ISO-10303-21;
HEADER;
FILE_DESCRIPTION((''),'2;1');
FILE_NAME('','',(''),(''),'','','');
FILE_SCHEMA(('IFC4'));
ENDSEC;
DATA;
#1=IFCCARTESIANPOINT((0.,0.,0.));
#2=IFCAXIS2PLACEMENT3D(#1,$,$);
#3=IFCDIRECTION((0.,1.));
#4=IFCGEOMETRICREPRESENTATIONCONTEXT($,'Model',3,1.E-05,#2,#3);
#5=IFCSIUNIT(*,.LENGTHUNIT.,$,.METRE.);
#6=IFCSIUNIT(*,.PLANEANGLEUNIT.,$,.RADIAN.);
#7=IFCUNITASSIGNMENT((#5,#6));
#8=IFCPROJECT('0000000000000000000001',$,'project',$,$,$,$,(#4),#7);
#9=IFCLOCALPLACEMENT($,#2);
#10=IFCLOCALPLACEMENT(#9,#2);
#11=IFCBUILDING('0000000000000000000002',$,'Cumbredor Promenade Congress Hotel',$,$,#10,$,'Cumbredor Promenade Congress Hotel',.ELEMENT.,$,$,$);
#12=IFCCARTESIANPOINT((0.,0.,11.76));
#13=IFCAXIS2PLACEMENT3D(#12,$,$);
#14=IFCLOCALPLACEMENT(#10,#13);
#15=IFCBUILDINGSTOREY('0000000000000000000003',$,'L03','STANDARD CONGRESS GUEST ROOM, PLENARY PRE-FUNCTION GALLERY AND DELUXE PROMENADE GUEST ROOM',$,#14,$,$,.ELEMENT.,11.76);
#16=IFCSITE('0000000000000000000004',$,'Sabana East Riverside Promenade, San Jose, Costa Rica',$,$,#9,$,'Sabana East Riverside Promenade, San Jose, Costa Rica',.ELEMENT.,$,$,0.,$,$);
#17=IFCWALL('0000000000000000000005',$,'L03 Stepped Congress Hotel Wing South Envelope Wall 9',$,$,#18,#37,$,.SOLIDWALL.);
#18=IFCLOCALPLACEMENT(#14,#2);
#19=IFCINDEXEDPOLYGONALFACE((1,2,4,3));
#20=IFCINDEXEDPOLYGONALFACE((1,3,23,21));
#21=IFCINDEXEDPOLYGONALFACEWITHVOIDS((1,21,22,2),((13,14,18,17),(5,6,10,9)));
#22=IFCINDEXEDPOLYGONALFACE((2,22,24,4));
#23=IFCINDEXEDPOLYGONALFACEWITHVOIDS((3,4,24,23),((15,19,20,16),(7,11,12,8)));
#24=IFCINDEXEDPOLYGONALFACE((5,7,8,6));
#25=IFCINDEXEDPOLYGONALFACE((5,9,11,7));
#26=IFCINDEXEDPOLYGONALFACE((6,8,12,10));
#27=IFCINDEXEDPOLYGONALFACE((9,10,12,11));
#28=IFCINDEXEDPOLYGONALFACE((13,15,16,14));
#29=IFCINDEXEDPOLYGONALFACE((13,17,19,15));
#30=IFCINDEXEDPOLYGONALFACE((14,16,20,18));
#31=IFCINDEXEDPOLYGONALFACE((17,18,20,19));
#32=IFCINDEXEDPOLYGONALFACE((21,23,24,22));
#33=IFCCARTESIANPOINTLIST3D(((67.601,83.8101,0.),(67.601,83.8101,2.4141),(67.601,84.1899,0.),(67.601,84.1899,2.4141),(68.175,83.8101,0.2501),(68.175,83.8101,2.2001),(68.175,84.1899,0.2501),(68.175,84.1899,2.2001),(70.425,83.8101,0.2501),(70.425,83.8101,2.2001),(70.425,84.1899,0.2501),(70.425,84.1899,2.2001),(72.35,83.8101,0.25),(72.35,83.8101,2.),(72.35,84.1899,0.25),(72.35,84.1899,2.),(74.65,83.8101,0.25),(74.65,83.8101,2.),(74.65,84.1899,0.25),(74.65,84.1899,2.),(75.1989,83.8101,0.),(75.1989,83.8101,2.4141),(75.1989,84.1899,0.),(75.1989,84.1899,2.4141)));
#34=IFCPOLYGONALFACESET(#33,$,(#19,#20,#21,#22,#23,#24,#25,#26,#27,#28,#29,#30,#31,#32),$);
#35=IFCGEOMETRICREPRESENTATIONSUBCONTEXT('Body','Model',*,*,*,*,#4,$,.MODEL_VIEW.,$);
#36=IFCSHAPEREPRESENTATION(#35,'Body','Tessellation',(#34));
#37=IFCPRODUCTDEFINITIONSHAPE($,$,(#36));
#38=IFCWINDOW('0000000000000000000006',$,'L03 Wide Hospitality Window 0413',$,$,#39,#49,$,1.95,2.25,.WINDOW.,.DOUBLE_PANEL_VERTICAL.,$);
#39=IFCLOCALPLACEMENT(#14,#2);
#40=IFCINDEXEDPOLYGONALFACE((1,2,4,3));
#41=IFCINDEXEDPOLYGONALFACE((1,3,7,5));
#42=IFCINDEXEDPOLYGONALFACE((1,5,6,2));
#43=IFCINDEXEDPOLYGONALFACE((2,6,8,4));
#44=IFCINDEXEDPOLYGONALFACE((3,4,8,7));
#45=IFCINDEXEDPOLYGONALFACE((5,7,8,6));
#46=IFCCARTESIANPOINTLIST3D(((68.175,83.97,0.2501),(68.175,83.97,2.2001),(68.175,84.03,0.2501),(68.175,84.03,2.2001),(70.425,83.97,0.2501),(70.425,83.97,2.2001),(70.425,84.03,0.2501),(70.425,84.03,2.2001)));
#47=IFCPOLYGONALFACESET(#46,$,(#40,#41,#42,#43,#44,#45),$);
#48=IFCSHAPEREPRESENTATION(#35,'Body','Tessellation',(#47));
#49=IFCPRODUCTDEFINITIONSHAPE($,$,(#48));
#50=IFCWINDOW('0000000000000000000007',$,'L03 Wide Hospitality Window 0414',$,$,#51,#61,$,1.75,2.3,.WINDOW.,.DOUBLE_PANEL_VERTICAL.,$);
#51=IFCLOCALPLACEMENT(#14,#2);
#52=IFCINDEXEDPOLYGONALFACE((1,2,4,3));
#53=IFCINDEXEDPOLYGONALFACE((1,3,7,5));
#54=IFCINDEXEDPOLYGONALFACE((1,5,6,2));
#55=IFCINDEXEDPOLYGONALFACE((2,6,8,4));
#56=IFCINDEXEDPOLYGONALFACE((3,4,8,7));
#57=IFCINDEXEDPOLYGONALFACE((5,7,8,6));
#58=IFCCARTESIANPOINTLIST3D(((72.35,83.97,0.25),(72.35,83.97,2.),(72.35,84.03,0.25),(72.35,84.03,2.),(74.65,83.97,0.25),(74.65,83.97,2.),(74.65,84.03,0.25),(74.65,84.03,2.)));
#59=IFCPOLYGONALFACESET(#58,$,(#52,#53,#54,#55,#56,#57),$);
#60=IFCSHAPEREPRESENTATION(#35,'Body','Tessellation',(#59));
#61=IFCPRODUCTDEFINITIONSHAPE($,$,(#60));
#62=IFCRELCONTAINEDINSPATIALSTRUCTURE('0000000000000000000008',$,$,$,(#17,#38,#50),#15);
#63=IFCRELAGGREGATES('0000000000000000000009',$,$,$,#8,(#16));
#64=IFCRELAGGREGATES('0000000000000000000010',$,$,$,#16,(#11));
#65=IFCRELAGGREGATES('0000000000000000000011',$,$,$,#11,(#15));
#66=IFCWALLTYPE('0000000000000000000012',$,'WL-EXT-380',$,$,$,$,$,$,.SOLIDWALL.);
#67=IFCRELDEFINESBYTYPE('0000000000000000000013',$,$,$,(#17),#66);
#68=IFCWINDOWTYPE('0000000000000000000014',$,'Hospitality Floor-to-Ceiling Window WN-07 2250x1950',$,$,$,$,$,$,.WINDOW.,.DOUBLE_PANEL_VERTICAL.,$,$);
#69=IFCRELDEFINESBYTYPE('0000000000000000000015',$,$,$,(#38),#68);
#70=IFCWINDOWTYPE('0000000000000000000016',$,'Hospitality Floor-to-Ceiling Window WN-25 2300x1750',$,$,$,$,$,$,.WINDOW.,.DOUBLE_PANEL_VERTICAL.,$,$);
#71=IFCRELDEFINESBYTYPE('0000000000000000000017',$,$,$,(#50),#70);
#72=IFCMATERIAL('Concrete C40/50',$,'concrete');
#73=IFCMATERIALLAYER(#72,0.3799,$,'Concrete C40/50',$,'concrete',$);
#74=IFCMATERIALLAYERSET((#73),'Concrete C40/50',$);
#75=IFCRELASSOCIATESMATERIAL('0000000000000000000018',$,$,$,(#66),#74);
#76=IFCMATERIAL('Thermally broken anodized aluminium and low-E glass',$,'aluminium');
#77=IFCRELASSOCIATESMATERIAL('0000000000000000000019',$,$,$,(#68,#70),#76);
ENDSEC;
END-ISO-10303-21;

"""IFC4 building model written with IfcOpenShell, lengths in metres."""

from ifc_helpers import new_model, si_unit, direction, frame, frame_2d, origin, place, context, subcontext, project, spatial, rectangle, extrude, material, layer, layer_set, type_object, element, fill, save


model = new_model("IFC4")

# Units and contexts
model_context = context("Model", 3, precision=1e-05, world=origin(), true_north=direction((0.0, 1.0)))
body_context = subcontext(model_context, "Body", "Model", "MODEL_VIEW")
ifc_project = project(units=[si_unit("LENGTHUNIT", "METRE"), si_unit("PLANEANGLEUNIT", "RADIAN")], contexts=[model_context])

# Site, building, storey
site_placement = place(None, origin())
site = spatial("IfcSite", under=ifc_project, at=site_placement, Name="Sabana East Riverside Promenade, San Jose, Costa Rica", LongName="Sabana East Riverside Promenade, San Jose, Costa Rica", CompositionType="ELEMENT", RefElevation=0.0)
building_placement = place(site_placement, origin())
building = spatial("IfcBuilding", under=site, at=building_placement, Name="Cumbredor Promenade Congress Hotel", LongName="Cumbredor Promenade Congress Hotel", CompositionType="ELEMENT")
storey_placement = place(building_placement, frame((0.0, 0.0, 11.76)))
storey = spatial("IfcBuildingStorey", under=building, at=storey_placement, Name="L03", Description="STANDARD CONGRESS GUEST ROOM, PLENARY PRE-FUNCTION GALLERY AND DELUXE PROMENADE GUEST ROOM", CompositionType="ELEMENT", Elevation=11.76)

# Shared definitions
ifc_material_1 = material(Name="Thermally broken anodized aluminium and low-E glass", Category="aluminium")

# Shared definitions
ifc_material_2 = material(Name="Concrete C40/50", Category="concrete")

# Wall, openings, windows
ifc_layer_1 = layer(ifc_material_2, 0.3799, Name="Concrete C40/50", Category="concrete")
ifc_layer_set_1 = layer_set([ifc_layer_1], Name="Concrete C40/50")
wall_type_1 = type_object("IfcWallType", Name="WL-EXT-380", PredefinedType="SOLIDWALL", material=ifc_layer_set_1)
wall_1_placement = place(storey_placement, frame((67.6011, 84.0, 0.0), z_axis=(0.0, 0.0, 1.0), x_axis=(1.0, 0.0, 0.0)))
wall_1 = element("IfcWall", 1, at=wall_1_placement, inside=storey, type_object=wall_type_1, Name="L03 Stepped Congress Hotel Wing South Envelope Wall 9", PredefinedType="SOLIDWALL", context=body_context, shape_type="SweptSolid", body=[
    extrude(rectangle(XDim=7.5979, YDim=0.3799, at=frame_2d((3.7988, 0.0))), origin(), (0.0, 0.0, 1.0), 2.4141),
])
opening_1_placement = place(wall_1_placement, frame((0.574, 0.0, 0.25)))
opening_1 = element("IfcOpeningElement", 2, at=opening_1_placement, cuts=wall_1, PredefinedType="OPENING", context=body_context, shape_type="SweptSolid", body=[
    extrude(rectangle(XDim=2.25, YDim=1.95, at=frame_2d((1.125, 0.9751))), frame((0.0, 0.2, 0.0), z_axis=(0.0, -1.0, 0.0), x_axis=(1.0, 0.0, 0.0)), (0.0, 0.0, 1.0), 0.3999),
])
opening_2_placement = place(wall_1_placement, frame((4.749, 0.0, 0.25)))
opening_2 = element("IfcOpeningElement", 3, at=opening_2_placement, cuts=wall_1, PredefinedType="OPENING", context=body_context, shape_type="SweptSolid", body=[
    extrude(rectangle(XDim=2.3, YDim=1.75, at=frame_2d((1.1499, 0.875))), frame((0.0, 0.2, 0.0), z_axis=(0.0, -1.0, 0.0), x_axis=(1.0, 0.0, 0.0)), (0.0, 0.0, 1.0), 0.3999),
])
window_type_1 = type_object("IfcWindowType", Name="Hospitality Floor-to-Ceiling Window WN-07 2250x1950", PartitioningType="DOUBLE_PANEL_VERTICAL", PredefinedType="WINDOW", material=ifc_material_1)
window_1_placement = place(opening_1_placement, origin())
window_1 = element("IfcWindow", 4, at=window_1_placement, inside=storey, type_object=window_type_1, Name="L03 Wide Hospitality Window 0413", OverallHeight=1.95, OverallWidth=2.25, PartitioningType="DOUBLE_PANEL_VERTICAL", PredefinedType="WINDOW", context=body_context, shape_type="SweptSolid", body=[
    extrude(rectangle(XDim=2.25, YDim=1.95, at=frame_2d((1.125, 0.9751))), frame((0.0, 0.03, 0.0), z_axis=(0.0, -1.0, 0.0), x_axis=(1.0, 0.0, 0.0)), (0.0, 0.0, 1.0), 0.0601),
])
fill(opening_1, window_1)
window_type_2 = type_object("IfcWindowType", Name="Hospitality Floor-to-Ceiling Window WN-25 2300x1750", PartitioningType="DOUBLE_PANEL_VERTICAL", PredefinedType="WINDOW", material=ifc_material_1)
window_2_placement = place(opening_2_placement, origin())
window_2 = element("IfcWindow", 5, at=window_2_placement, inside=storey, type_object=window_type_2, Name="L03 Wide Hospitality Window 0414", OverallHeight=1.75, OverallWidth=2.3, PartitioningType="DOUBLE_PANEL_VERTICAL", PredefinedType="WINDOW", context=body_context, shape_type="SweptSolid", body=[
    extrude(rectangle(XDim=2.3, YDim=1.75, at=frame_2d((1.1499, 0.875))), frame((0.0, 0.03, 0.0), z_axis=(0.0, -1.0, 0.0), x_axis=(1.0, 0.0, 0.0)), (0.0, 0.0, 1.0), 0.0601),
])
fill(opening_2, window_2)

save(model, "model.ifc")
